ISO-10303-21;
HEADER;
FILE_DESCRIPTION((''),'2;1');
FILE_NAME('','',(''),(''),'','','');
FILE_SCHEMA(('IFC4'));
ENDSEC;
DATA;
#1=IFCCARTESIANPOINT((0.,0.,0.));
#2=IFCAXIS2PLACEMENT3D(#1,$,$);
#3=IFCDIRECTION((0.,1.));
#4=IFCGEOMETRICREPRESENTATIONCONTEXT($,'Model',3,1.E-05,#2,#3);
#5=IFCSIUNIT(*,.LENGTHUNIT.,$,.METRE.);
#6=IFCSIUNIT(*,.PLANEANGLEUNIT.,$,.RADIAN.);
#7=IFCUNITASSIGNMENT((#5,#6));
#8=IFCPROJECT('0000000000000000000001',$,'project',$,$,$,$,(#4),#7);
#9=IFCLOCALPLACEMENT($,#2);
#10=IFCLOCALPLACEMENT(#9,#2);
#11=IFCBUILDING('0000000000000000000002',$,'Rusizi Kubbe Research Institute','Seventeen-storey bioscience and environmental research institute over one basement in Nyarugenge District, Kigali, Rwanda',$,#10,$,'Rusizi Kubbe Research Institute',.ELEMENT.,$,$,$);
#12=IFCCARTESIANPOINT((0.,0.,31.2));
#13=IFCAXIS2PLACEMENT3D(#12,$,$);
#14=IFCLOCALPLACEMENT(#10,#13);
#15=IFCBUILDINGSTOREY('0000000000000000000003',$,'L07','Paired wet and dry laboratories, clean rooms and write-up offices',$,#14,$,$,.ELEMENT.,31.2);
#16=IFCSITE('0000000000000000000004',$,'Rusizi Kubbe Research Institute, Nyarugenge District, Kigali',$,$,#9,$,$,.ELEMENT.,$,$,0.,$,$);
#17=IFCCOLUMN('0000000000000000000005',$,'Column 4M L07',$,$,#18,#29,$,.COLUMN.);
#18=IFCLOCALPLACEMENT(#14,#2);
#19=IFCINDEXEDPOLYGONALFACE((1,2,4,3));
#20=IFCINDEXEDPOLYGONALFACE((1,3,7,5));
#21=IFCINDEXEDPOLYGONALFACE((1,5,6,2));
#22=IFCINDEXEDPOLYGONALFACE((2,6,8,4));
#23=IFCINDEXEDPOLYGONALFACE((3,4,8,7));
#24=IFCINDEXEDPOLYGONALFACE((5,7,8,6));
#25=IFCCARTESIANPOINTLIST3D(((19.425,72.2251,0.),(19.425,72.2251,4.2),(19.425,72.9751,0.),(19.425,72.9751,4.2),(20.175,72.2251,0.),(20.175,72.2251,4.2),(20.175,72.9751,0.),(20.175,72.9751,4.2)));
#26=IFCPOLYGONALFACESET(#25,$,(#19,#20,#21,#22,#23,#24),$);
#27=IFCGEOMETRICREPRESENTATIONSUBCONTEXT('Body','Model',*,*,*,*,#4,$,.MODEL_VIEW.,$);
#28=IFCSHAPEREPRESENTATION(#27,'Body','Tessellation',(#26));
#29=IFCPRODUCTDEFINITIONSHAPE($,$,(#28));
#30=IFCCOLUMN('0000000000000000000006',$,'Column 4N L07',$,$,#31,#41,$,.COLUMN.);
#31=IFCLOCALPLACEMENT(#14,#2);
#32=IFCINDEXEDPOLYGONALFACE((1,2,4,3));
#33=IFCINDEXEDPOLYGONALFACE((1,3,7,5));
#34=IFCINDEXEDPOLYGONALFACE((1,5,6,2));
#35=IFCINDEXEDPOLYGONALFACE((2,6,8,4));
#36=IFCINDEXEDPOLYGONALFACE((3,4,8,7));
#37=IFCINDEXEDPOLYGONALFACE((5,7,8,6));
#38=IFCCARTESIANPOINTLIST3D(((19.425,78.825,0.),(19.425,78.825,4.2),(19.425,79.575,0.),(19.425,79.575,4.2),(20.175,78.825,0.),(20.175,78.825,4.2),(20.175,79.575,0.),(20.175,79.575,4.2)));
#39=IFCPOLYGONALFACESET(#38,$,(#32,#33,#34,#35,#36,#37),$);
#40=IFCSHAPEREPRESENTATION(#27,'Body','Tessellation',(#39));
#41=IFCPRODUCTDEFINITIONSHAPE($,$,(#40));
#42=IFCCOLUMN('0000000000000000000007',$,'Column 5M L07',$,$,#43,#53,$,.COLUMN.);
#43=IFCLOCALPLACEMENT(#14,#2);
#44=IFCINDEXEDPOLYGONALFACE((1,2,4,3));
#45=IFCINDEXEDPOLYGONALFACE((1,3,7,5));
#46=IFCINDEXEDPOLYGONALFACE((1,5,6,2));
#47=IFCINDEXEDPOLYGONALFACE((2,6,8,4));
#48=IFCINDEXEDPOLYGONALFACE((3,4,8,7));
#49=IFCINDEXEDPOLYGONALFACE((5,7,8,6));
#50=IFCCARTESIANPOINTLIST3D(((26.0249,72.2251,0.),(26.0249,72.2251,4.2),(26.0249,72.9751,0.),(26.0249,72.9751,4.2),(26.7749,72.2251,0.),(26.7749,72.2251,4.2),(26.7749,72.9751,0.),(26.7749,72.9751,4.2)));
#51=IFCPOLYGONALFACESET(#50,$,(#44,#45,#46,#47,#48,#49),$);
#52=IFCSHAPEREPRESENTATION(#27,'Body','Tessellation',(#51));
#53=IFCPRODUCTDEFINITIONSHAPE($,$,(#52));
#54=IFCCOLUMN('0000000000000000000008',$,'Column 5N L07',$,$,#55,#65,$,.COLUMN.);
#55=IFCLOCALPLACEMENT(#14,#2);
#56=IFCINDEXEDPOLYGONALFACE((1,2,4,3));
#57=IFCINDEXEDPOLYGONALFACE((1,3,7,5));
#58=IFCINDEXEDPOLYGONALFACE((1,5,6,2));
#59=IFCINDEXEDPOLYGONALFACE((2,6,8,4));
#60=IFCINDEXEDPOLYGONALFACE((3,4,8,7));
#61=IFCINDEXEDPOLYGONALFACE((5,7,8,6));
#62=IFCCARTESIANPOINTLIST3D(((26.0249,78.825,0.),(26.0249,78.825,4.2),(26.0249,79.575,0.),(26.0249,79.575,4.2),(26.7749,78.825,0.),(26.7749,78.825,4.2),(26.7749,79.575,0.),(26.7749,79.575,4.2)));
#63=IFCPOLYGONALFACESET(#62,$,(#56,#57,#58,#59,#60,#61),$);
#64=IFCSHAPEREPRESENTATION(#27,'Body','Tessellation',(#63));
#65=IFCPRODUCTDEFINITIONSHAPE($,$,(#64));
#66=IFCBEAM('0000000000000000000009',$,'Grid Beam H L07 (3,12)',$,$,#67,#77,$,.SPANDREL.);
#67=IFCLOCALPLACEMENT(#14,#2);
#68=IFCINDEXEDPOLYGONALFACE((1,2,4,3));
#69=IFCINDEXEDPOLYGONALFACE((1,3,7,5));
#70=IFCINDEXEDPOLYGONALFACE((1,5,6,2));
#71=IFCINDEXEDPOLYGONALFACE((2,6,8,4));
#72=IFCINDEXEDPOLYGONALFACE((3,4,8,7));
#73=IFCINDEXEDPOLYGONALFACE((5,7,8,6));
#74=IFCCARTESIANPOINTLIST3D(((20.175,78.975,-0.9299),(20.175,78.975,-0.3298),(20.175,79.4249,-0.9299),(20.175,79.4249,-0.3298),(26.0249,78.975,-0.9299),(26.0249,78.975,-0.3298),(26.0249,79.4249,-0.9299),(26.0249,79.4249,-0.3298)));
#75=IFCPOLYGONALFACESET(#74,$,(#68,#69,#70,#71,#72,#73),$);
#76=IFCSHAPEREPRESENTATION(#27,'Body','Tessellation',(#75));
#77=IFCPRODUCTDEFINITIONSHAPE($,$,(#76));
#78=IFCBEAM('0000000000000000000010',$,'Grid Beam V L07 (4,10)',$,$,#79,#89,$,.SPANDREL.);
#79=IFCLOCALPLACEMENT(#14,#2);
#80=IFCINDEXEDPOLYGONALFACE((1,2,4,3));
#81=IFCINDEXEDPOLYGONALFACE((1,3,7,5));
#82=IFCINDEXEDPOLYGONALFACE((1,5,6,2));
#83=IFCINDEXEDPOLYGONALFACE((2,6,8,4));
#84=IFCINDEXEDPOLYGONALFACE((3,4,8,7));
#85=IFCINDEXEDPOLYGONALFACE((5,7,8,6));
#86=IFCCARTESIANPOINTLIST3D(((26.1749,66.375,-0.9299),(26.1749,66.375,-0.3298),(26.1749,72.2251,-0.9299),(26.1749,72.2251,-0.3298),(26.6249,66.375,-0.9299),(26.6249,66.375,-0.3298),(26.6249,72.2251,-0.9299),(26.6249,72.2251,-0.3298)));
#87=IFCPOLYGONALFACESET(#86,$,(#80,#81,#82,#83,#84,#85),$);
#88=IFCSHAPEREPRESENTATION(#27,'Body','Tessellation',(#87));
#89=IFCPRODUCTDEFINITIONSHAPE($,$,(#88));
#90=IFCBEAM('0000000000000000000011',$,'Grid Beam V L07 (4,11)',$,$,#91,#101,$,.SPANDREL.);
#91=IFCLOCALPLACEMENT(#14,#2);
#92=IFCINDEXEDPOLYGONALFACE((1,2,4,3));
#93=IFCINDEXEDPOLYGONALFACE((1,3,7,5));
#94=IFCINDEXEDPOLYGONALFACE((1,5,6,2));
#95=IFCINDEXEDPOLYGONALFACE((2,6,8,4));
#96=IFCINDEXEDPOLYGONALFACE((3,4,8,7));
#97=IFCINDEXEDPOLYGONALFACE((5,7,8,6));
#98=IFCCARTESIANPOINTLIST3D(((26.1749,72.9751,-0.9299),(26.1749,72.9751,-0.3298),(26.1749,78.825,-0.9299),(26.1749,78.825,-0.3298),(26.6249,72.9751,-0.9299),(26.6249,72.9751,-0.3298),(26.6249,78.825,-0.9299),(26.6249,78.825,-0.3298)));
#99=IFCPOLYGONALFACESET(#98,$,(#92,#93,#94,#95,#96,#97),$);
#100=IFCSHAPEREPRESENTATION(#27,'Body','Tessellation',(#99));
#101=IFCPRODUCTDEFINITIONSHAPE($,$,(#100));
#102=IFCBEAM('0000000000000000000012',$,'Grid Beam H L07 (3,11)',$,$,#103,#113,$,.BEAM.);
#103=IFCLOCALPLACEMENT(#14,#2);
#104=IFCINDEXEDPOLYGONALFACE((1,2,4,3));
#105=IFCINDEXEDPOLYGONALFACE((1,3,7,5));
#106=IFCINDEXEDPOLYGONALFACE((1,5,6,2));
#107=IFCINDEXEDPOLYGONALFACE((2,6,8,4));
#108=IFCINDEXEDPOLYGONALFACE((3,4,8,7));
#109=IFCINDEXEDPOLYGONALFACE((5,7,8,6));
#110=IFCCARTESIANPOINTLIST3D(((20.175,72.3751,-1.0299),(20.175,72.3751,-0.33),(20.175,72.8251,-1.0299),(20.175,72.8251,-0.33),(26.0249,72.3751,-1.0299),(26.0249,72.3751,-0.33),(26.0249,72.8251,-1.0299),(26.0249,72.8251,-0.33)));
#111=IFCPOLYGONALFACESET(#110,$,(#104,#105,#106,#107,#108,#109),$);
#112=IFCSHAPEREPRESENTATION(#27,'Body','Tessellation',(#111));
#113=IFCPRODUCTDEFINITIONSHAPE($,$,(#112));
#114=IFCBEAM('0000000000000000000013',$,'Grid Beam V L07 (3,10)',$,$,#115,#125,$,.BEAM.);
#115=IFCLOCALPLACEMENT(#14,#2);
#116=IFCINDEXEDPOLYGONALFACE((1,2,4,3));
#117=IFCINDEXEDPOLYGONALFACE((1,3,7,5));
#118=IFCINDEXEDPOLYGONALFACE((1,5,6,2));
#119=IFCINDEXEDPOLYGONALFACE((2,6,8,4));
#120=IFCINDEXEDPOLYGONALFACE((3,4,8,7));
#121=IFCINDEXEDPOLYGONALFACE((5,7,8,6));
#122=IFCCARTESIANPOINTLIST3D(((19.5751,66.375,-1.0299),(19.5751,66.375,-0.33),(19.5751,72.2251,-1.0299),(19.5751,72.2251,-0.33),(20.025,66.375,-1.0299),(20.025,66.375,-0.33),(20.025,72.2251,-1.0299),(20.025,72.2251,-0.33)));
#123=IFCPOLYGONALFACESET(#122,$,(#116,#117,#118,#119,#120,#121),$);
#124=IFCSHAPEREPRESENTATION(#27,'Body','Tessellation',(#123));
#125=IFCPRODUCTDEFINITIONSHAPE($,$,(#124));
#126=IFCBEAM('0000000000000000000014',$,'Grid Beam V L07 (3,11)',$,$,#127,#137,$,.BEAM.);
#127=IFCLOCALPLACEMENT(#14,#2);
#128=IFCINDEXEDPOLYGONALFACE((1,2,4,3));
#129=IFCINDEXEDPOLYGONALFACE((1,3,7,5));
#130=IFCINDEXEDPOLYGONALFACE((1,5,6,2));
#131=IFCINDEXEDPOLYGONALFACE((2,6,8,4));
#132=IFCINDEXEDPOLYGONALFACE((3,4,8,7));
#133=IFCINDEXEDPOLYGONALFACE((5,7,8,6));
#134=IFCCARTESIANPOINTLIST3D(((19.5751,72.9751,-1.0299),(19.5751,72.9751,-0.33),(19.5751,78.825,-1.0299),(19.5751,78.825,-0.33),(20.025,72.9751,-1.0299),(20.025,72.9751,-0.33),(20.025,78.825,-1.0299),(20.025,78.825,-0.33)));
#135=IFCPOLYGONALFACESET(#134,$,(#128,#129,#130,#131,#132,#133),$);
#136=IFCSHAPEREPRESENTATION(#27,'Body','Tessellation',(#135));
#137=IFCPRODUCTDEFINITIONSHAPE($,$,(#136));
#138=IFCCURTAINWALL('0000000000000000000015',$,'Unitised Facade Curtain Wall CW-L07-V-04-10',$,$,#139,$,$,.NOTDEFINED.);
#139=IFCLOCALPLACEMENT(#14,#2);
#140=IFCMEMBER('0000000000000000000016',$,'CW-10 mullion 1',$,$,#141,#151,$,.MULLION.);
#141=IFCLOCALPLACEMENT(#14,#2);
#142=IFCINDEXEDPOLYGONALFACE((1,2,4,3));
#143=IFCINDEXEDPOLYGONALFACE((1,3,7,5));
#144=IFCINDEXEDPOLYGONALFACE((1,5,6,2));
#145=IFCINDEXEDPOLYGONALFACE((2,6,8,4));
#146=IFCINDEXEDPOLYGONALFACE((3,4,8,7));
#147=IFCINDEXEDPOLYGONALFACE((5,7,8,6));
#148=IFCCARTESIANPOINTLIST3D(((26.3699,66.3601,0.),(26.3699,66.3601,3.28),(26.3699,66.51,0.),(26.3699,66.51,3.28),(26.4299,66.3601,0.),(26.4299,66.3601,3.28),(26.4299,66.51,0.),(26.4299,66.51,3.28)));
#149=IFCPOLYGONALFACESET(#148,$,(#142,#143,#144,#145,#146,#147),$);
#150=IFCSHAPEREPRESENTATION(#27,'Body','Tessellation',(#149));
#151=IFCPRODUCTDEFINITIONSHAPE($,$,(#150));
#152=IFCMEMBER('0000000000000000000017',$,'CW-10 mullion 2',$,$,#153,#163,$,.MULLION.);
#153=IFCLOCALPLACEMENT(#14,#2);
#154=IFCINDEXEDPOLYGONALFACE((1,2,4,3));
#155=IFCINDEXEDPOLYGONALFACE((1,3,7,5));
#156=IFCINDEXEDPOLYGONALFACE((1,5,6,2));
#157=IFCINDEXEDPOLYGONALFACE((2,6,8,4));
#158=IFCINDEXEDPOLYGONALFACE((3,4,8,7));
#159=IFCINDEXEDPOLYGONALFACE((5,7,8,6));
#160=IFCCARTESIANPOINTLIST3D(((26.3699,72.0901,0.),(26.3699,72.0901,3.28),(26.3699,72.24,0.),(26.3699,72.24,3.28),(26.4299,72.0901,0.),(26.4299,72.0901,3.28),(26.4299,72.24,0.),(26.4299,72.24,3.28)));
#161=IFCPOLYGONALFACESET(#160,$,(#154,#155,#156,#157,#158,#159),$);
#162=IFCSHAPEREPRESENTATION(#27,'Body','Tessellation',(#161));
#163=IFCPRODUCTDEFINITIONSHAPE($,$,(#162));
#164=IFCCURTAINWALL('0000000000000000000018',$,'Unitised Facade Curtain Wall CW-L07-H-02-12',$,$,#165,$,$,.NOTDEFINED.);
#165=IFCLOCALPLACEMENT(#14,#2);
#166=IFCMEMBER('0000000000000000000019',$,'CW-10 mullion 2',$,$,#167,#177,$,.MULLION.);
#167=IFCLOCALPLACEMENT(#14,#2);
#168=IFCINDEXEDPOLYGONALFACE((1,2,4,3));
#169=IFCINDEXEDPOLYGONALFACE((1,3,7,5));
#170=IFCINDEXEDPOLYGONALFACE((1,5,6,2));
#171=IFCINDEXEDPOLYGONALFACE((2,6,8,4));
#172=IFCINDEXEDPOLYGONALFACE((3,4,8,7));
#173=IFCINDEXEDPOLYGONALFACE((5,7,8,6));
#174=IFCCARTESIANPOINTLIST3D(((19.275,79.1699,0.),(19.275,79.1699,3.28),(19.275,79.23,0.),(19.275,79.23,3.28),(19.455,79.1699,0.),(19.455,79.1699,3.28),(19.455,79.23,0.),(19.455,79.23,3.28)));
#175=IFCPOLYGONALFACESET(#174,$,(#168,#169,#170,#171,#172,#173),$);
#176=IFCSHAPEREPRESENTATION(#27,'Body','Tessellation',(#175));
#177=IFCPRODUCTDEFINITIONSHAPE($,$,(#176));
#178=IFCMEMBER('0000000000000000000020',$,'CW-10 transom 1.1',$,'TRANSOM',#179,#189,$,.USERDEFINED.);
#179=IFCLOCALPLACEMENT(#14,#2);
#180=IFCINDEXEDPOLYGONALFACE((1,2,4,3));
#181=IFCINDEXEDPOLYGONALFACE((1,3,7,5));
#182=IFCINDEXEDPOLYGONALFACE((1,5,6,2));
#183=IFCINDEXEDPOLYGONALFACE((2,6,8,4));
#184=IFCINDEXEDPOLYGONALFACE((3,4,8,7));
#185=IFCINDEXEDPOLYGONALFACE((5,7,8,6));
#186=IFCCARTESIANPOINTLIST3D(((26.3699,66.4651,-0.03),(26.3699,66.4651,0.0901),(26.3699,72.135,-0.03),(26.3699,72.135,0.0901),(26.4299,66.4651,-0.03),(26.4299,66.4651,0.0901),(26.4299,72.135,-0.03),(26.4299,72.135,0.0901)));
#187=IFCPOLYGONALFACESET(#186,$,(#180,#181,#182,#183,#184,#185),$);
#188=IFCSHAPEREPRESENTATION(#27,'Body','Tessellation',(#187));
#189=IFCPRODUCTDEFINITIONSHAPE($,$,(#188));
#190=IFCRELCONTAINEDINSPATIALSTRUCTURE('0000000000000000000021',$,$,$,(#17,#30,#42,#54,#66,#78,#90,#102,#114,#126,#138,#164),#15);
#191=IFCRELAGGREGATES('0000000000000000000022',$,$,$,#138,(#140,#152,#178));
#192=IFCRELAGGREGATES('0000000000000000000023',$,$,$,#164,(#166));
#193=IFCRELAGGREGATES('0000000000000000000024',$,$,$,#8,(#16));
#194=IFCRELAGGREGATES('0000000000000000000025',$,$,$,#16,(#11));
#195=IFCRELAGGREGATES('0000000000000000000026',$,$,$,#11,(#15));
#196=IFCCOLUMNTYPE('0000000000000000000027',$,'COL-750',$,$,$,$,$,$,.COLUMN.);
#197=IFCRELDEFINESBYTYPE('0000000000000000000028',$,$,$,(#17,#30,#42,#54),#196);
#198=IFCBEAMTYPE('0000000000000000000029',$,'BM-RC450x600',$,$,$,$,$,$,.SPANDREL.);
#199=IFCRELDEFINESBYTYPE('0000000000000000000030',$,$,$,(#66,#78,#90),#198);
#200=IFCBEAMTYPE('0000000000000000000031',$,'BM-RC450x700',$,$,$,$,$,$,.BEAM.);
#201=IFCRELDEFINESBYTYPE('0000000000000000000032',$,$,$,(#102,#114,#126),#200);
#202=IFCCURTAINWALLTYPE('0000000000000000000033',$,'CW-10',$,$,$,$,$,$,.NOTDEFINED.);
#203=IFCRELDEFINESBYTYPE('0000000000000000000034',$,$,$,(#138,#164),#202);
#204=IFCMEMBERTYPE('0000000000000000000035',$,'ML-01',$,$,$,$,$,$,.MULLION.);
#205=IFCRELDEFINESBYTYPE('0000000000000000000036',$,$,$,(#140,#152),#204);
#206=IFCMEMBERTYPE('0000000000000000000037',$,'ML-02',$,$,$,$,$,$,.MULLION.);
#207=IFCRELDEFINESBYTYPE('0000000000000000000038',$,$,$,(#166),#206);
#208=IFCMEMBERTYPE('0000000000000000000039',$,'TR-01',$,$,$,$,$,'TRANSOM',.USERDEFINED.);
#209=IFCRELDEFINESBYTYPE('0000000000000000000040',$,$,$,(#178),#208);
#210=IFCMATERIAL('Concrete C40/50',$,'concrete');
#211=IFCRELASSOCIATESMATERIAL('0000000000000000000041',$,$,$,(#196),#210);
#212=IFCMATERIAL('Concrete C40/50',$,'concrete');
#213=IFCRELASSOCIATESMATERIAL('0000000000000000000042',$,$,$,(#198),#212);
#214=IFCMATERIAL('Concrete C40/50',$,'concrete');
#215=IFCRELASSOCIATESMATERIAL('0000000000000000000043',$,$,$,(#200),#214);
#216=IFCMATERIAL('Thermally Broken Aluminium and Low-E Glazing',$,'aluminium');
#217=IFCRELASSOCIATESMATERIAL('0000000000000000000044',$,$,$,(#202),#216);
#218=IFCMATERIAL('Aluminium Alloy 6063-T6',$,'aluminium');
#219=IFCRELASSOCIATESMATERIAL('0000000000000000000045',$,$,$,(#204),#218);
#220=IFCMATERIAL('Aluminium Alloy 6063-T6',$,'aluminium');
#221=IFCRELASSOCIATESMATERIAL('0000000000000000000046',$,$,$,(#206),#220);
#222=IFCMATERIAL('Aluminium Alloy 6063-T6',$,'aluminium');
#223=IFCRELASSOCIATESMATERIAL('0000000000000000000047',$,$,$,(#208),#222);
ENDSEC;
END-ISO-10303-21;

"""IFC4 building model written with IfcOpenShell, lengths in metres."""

from ifc_helpers import new_model, si_unit, direction, frame, origin, origin_2d, place, context, subcontext, project, spatial, rectangle, extrude, material, material_profile, profile_set, type_object, element, aggregate, save


model = new_model("IFC4")

# Units and contexts
model_context = context("Model", 3, precision=1e-05, world=origin(), true_north=direction((0.0, 1.0)))
body_context = subcontext(model_context, "Body", "Model", "MODEL_VIEW")
ifc_project = project(units=[si_unit("LENGTHUNIT", "METRE"), si_unit("PLANEANGLEUNIT", "RADIAN")], contexts=[model_context])

# Site, building, storey
site_placement = place(None, origin())
site = spatial("IfcSite", under=ifc_project, at=site_placement, Name="Rusizi Kubbe Research Institute, Nyarugenge District, Kigali", CompositionType="ELEMENT", RefElevation=0.0)
building_placement = place(site_placement, origin())
building = spatial("IfcBuilding", under=site, at=building_placement, Name="Rusizi Kubbe Research Institute", Description="Seventeen-storey bioscience and environmental research institute over one basement in Nyarugenge District, Kigali, Rwanda", LongName="Rusizi Kubbe Research Institute", CompositionType="ELEMENT")
storey_placement = place(building_placement, frame((0.0, 0.0, 31.2)))
storey = spatial("IfcBuildingStorey", under=building, at=storey_placement, Name="L07", Description="Paired wet and dry laboratories, clean rooms and write-up offices", CompositionType="ELEMENT", Elevation=31.2)

# Columns
ifc_material_1 = material(Name="Concrete C40/50", Category="concrete")
ifc_material_profile_1 = material_profile(ifc_material_1, rectangle(XDim=0.75, YDim=0.75, at=origin_2d()), Name="RC750x750")
ifc_profile_set_1 = profile_set([ifc_material_profile_1], Name="Concrete C40/50")
column_type = type_object("IfcColumnType", Name="COL-750", PredefinedType="COLUMN", material=ifc_profile_set_1)
for number, where, z_axis, x_axis, name in (
    (1, (19.8, 72.6001, 0.0), (0.0, 0.0, 1.0), (1.0, 0.0, 0.0), "Column 4M L07"),
    (2, (19.8, 79.2, 0.0), (0.0, 0.0, 1.0), (1.0, 0.0, 0.0), "Column 4N L07"),
    (3, (26.3999, 72.6001, 0.0), (0.0, 0.0, 1.0), (1.0, 0.0, 0.0), "Column 5M L07"),
    (4, (26.3999, 79.2, 0.0), (0.0, 0.0, 1.0), (1.0, 0.0, 0.0), "Column 5N L07"),
):
    element("IfcColumn", number, at=place(storey_placement, frame(where, z_axis=z_axis, x_axis=x_axis)), inside=storey, type_object=column_type, Name=name, PredefinedType="COLUMN", context=body_context, shape_type="SweptSolid", body=[
        extrude(rectangle(XDim=0.75, YDim=0.75, at=origin_2d()), origin(), (0.0, 0.0, 1.0), 4.2),
    ])

# Beams
ifc_material_2 = material(Name="Concrete C40/50", Category="concrete")
ifc_material_profile_2 = material_profile(ifc_material_2, rectangle(XDim=0.45, YDim=0.6001, at=origin_2d()), Name="RC450x600")
ifc_profile_set_2 = profile_set([ifc_material_profile_2], Name="Concrete C40/50")
beam_type_1 = type_object("IfcBeamType", Name="BM-RC450x600", PredefinedType="SPANDREL", material=ifc_profile_set_2)
beam_1_placement = place(storey_placement, frame((20.175, 79.2, -0.6299), z_axis=(1.0, 0.0, 0.0), x_axis=(0.0, 1.0, 0.0)))
element("IfcBeam", 5, at=beam_1_placement, inside=storey, type_object=beam_type_1, Name="Grid Beam H L07 (3,12)", PredefinedType="SPANDREL", context=body_context, shape_type="SweptSolid", body=[
    extrude(rectangle(XDim=0.45, YDim=0.6001, at=origin_2d()), origin(), (0.0, 0.0, 1.0), 5.8499),
])
beam_2_placement = place(storey_placement, frame((26.3999, 66.375, -0.6299), z_axis=(0.0, 1.0, 0.0), x_axis=(-1.0, 0.0, 0.0)))
element("IfcBeam", 6, at=beam_2_placement, inside=storey, type_object=beam_type_1, Name="Grid Beam V L07 (4,10)", PredefinedType="SPANDREL", context=body_context, shape_type="SweptSolid", body=[
    extrude(rectangle(XDim=0.45, YDim=0.6001, at=origin_2d()), origin(), (0.0, 0.0, 1.0), 5.8501),
])
beam_3_placement = place(storey_placement, frame((26.3999, 72.9751, -0.6299), z_axis=(0.0, 1.0, 0.0), x_axis=(-1.0, 0.0, 0.0)))
element("IfcBeam", 7, at=beam_3_placement, inside=storey, type_object=beam_type_1, Name="Grid Beam V L07 (4,11)", PredefinedType="SPANDREL", context=body_context, shape_type="SweptSolid", body=[
    extrude(rectangle(XDim=0.45, YDim=0.6001, at=origin_2d()), origin(), (0.0, 0.0, 1.0), 5.8499),
])
ifc_material_3 = material(Name="Concrete C40/50", Category="concrete")
ifc_material_profile_3 = material_profile(ifc_material_3, rectangle(XDim=0.45, YDim=0.7, at=origin_2d()), Name="RC450x700B")
ifc_profile_set_3 = profile_set([ifc_material_profile_3], Name="Concrete C40/50")
beam_type_2 = type_object("IfcBeamType", Name="BM-RC450x700", PredefinedType="BEAM", material=ifc_profile_set_3)
beam_4_placement = place(storey_placement, frame((20.175, 72.6001, -0.6799), z_axis=(1.0, 0.0, 0.0), x_axis=(0.0, 1.0, 0.0)))
element("IfcBeam", 8, at=beam_4_placement, inside=storey, type_object=beam_type_2, Name="Grid Beam H L07 (3,11)", PredefinedType="BEAM", context=body_context, shape_type="SweptSolid", body=[
    extrude(rectangle(XDim=0.45, YDim=0.7, at=origin_2d()), origin(), (0.0, 0.0, 1.0), 5.8499),
])
beam_5_placement = place(storey_placement, frame((19.8, 66.375, -0.6799), z_axis=(0.0, 1.0, 0.0), x_axis=(-1.0, 0.0, 0.0)))
element("IfcBeam", 9, at=beam_5_placement, inside=storey, type_object=beam_type_2, Name="Grid Beam V L07 (3,10)", PredefinedType="BEAM", context=body_context, shape_type="SweptSolid", body=[
    extrude(rectangle(XDim=0.45, YDim=0.7, at=origin_2d()), origin(), (0.0, 0.0, 1.0), 5.8501),
])
beam_6_placement = place(storey_placement, frame((19.8, 72.9751, -0.6799), z_axis=(0.0, 1.0, 0.0), x_axis=(-1.0, 0.0, 0.0)))
element("IfcBeam", 10, at=beam_6_placement, inside=storey, type_object=beam_type_2, Name="Grid Beam V L07 (3,11)", PredefinedType="BEAM", context=body_context, shape_type="SweptSolid", body=[
    extrude(rectangle(XDim=0.45, YDim=0.7, at=origin_2d()), origin(), (0.0, 0.0, 1.0), 5.8499),
])

# Curtain wall, members
ifc_material_4 = material(Name="Thermally Broken Aluminium and Low-E Glazing", Category="aluminium")
curtain_wall_type = type_object("IfcCurtainWallType", Name="CW-10", PredefinedType="NOTDEFINED", material=ifc_material_4)
curtain_wall_1_placement = place(storey_placement, origin())
curtain_wall_1 = element("IfcCurtainWall", 11, at=curtain_wall_1_placement, inside=storey, type_object=curtain_wall_type, Name="Unitised Facade Curtain Wall CW-L07-V-04-10", PredefinedType="NOTDEFINED")
ifc_material_5 = material(Name="Aluminium Alloy 6063-T6", Category="aluminium")
ifc_material_profile_4 = material_profile(ifc_material_5, rectangle(XDim=0.0601, YDim=0.1499, at=origin_2d()), Name="ALU-M 60x150")
ifc_profile_set_4 = profile_set([ifc_material_profile_4], Name="Aluminium Alloy 6063-T6")
member_type_1 = type_object("IfcMemberType", Name="ML-01", PredefinedType="MULLION", material=ifc_profile_set_4)
member_1_placement = place(storey_placement, frame((26.3999, 66.4351, 0.0), z_axis=(0.0, 0.0, 1.0), x_axis=(-1.0, 0.0, 0.0)))
member_1 = element("IfcMember", 12, at=member_1_placement, type_object=member_type_1, Name="CW-10 mullion 1", PredefinedType="MULLION", context=body_context, shape_type="SweptSolid", body=[
    extrude(rectangle(XDim=0.0601, YDim=0.1499, at=origin_2d()), origin(), (0.0, 0.0, 1.0), 3.28),
])
member_2_placement = place(storey_placement, frame((26.3999, 72.165, 0.0), z_axis=(0.0, 0.0, 1.0), x_axis=(-1.0, 0.0, 0.0)))
member_2 = element("IfcMember", 13, at=member_2_placement, type_object=member_type_1, Name="CW-10 mullion 2", PredefinedType="MULLION", context=body_context, shape_type="SweptSolid", body=[
    extrude(rectangle(XDim=0.0601, YDim=0.1499, at=origin_2d()), origin(), (0.0, 0.0, 1.0), 3.28),
])

# Curtain wall, member
curtain_wall_2_placement = place(storey_placement, origin())
curtain_wall_2 = element("IfcCurtainWall", 14, at=curtain_wall_2_placement, inside=storey, type_object=curtain_wall_type, Name="Unitised Facade Curtain Wall CW-L07-H-02-12", PredefinedType="NOTDEFINED")
ifc_material_6 = material(Name="Aluminium Alloy 6063-T6", Category="aluminium")
ifc_material_profile_5 = material_profile(ifc_material_6, rectangle(XDim=0.0601, YDim=0.1799, at=origin_2d()), Name="ALU-M 60x180")
ifc_profile_set_5 = profile_set([ifc_material_profile_5], Name="Aluminium Alloy 6063-T6")
member_type_2 = type_object("IfcMemberType", Name="ML-02", PredefinedType="MULLION", material=ifc_profile_set_5)
member_3_placement = place(storey_placement, frame((19.365, 79.2, 0.0), z_axis=(0.0, 0.0, 1.0), x_axis=(0.0, 1.0, 0.0)))
member_3 = element("IfcMember", 15, at=member_3_placement, type_object=member_type_2, Name="CW-10 mullion 2", PredefinedType="MULLION", context=body_context, shape_type="SweptSolid", body=[
    extrude(rectangle(XDim=0.0601, YDim=0.1799, at=origin_2d()), origin(), (0.0, 0.0, 1.0), 3.28),
])

# Member
ifc_material_7 = material(Name="Aluminium Alloy 6063-T6", Category="aluminium")
ifc_material_profile_6 = material_profile(ifc_material_7, rectangle(XDim=0.0601, YDim=0.1201, at=origin_2d()), Name="ALU-T 60x120")
ifc_profile_set_6 = profile_set([ifc_material_profile_6], Name="Aluminium Alloy 6063-T6")
member_type_3 = type_object("IfcMemberType", Name="TR-01", ElementType="TRANSOM", PredefinedType="USERDEFINED", material=ifc_profile_set_6)
member_4_placement = place(storey_placement, frame((26.3999, 66.4651, 0.03), z_axis=(0.0, 1.0, 0.0), x_axis=(-1.0, 0.0, 0.0)))
member_4 = element("IfcMember", 16, at=member_4_placement, type_object=member_type_3, Name="CW-10 transom 1.1", ObjectType="TRANSOM", PredefinedType="USERDEFINED", context=body_context, shape_type="SweptSolid", body=[
    extrude(rectangle(XDim=0.0601, YDim=0.1201, at=origin_2d()), origin(), (0.0, 0.0, 1.0), 5.6699),
])

aggregate(curtain_wall_1, [member_1, member_2, member_4])
aggregate(curtain_wall_2, [member_3])

save(model, "model.ifc")
